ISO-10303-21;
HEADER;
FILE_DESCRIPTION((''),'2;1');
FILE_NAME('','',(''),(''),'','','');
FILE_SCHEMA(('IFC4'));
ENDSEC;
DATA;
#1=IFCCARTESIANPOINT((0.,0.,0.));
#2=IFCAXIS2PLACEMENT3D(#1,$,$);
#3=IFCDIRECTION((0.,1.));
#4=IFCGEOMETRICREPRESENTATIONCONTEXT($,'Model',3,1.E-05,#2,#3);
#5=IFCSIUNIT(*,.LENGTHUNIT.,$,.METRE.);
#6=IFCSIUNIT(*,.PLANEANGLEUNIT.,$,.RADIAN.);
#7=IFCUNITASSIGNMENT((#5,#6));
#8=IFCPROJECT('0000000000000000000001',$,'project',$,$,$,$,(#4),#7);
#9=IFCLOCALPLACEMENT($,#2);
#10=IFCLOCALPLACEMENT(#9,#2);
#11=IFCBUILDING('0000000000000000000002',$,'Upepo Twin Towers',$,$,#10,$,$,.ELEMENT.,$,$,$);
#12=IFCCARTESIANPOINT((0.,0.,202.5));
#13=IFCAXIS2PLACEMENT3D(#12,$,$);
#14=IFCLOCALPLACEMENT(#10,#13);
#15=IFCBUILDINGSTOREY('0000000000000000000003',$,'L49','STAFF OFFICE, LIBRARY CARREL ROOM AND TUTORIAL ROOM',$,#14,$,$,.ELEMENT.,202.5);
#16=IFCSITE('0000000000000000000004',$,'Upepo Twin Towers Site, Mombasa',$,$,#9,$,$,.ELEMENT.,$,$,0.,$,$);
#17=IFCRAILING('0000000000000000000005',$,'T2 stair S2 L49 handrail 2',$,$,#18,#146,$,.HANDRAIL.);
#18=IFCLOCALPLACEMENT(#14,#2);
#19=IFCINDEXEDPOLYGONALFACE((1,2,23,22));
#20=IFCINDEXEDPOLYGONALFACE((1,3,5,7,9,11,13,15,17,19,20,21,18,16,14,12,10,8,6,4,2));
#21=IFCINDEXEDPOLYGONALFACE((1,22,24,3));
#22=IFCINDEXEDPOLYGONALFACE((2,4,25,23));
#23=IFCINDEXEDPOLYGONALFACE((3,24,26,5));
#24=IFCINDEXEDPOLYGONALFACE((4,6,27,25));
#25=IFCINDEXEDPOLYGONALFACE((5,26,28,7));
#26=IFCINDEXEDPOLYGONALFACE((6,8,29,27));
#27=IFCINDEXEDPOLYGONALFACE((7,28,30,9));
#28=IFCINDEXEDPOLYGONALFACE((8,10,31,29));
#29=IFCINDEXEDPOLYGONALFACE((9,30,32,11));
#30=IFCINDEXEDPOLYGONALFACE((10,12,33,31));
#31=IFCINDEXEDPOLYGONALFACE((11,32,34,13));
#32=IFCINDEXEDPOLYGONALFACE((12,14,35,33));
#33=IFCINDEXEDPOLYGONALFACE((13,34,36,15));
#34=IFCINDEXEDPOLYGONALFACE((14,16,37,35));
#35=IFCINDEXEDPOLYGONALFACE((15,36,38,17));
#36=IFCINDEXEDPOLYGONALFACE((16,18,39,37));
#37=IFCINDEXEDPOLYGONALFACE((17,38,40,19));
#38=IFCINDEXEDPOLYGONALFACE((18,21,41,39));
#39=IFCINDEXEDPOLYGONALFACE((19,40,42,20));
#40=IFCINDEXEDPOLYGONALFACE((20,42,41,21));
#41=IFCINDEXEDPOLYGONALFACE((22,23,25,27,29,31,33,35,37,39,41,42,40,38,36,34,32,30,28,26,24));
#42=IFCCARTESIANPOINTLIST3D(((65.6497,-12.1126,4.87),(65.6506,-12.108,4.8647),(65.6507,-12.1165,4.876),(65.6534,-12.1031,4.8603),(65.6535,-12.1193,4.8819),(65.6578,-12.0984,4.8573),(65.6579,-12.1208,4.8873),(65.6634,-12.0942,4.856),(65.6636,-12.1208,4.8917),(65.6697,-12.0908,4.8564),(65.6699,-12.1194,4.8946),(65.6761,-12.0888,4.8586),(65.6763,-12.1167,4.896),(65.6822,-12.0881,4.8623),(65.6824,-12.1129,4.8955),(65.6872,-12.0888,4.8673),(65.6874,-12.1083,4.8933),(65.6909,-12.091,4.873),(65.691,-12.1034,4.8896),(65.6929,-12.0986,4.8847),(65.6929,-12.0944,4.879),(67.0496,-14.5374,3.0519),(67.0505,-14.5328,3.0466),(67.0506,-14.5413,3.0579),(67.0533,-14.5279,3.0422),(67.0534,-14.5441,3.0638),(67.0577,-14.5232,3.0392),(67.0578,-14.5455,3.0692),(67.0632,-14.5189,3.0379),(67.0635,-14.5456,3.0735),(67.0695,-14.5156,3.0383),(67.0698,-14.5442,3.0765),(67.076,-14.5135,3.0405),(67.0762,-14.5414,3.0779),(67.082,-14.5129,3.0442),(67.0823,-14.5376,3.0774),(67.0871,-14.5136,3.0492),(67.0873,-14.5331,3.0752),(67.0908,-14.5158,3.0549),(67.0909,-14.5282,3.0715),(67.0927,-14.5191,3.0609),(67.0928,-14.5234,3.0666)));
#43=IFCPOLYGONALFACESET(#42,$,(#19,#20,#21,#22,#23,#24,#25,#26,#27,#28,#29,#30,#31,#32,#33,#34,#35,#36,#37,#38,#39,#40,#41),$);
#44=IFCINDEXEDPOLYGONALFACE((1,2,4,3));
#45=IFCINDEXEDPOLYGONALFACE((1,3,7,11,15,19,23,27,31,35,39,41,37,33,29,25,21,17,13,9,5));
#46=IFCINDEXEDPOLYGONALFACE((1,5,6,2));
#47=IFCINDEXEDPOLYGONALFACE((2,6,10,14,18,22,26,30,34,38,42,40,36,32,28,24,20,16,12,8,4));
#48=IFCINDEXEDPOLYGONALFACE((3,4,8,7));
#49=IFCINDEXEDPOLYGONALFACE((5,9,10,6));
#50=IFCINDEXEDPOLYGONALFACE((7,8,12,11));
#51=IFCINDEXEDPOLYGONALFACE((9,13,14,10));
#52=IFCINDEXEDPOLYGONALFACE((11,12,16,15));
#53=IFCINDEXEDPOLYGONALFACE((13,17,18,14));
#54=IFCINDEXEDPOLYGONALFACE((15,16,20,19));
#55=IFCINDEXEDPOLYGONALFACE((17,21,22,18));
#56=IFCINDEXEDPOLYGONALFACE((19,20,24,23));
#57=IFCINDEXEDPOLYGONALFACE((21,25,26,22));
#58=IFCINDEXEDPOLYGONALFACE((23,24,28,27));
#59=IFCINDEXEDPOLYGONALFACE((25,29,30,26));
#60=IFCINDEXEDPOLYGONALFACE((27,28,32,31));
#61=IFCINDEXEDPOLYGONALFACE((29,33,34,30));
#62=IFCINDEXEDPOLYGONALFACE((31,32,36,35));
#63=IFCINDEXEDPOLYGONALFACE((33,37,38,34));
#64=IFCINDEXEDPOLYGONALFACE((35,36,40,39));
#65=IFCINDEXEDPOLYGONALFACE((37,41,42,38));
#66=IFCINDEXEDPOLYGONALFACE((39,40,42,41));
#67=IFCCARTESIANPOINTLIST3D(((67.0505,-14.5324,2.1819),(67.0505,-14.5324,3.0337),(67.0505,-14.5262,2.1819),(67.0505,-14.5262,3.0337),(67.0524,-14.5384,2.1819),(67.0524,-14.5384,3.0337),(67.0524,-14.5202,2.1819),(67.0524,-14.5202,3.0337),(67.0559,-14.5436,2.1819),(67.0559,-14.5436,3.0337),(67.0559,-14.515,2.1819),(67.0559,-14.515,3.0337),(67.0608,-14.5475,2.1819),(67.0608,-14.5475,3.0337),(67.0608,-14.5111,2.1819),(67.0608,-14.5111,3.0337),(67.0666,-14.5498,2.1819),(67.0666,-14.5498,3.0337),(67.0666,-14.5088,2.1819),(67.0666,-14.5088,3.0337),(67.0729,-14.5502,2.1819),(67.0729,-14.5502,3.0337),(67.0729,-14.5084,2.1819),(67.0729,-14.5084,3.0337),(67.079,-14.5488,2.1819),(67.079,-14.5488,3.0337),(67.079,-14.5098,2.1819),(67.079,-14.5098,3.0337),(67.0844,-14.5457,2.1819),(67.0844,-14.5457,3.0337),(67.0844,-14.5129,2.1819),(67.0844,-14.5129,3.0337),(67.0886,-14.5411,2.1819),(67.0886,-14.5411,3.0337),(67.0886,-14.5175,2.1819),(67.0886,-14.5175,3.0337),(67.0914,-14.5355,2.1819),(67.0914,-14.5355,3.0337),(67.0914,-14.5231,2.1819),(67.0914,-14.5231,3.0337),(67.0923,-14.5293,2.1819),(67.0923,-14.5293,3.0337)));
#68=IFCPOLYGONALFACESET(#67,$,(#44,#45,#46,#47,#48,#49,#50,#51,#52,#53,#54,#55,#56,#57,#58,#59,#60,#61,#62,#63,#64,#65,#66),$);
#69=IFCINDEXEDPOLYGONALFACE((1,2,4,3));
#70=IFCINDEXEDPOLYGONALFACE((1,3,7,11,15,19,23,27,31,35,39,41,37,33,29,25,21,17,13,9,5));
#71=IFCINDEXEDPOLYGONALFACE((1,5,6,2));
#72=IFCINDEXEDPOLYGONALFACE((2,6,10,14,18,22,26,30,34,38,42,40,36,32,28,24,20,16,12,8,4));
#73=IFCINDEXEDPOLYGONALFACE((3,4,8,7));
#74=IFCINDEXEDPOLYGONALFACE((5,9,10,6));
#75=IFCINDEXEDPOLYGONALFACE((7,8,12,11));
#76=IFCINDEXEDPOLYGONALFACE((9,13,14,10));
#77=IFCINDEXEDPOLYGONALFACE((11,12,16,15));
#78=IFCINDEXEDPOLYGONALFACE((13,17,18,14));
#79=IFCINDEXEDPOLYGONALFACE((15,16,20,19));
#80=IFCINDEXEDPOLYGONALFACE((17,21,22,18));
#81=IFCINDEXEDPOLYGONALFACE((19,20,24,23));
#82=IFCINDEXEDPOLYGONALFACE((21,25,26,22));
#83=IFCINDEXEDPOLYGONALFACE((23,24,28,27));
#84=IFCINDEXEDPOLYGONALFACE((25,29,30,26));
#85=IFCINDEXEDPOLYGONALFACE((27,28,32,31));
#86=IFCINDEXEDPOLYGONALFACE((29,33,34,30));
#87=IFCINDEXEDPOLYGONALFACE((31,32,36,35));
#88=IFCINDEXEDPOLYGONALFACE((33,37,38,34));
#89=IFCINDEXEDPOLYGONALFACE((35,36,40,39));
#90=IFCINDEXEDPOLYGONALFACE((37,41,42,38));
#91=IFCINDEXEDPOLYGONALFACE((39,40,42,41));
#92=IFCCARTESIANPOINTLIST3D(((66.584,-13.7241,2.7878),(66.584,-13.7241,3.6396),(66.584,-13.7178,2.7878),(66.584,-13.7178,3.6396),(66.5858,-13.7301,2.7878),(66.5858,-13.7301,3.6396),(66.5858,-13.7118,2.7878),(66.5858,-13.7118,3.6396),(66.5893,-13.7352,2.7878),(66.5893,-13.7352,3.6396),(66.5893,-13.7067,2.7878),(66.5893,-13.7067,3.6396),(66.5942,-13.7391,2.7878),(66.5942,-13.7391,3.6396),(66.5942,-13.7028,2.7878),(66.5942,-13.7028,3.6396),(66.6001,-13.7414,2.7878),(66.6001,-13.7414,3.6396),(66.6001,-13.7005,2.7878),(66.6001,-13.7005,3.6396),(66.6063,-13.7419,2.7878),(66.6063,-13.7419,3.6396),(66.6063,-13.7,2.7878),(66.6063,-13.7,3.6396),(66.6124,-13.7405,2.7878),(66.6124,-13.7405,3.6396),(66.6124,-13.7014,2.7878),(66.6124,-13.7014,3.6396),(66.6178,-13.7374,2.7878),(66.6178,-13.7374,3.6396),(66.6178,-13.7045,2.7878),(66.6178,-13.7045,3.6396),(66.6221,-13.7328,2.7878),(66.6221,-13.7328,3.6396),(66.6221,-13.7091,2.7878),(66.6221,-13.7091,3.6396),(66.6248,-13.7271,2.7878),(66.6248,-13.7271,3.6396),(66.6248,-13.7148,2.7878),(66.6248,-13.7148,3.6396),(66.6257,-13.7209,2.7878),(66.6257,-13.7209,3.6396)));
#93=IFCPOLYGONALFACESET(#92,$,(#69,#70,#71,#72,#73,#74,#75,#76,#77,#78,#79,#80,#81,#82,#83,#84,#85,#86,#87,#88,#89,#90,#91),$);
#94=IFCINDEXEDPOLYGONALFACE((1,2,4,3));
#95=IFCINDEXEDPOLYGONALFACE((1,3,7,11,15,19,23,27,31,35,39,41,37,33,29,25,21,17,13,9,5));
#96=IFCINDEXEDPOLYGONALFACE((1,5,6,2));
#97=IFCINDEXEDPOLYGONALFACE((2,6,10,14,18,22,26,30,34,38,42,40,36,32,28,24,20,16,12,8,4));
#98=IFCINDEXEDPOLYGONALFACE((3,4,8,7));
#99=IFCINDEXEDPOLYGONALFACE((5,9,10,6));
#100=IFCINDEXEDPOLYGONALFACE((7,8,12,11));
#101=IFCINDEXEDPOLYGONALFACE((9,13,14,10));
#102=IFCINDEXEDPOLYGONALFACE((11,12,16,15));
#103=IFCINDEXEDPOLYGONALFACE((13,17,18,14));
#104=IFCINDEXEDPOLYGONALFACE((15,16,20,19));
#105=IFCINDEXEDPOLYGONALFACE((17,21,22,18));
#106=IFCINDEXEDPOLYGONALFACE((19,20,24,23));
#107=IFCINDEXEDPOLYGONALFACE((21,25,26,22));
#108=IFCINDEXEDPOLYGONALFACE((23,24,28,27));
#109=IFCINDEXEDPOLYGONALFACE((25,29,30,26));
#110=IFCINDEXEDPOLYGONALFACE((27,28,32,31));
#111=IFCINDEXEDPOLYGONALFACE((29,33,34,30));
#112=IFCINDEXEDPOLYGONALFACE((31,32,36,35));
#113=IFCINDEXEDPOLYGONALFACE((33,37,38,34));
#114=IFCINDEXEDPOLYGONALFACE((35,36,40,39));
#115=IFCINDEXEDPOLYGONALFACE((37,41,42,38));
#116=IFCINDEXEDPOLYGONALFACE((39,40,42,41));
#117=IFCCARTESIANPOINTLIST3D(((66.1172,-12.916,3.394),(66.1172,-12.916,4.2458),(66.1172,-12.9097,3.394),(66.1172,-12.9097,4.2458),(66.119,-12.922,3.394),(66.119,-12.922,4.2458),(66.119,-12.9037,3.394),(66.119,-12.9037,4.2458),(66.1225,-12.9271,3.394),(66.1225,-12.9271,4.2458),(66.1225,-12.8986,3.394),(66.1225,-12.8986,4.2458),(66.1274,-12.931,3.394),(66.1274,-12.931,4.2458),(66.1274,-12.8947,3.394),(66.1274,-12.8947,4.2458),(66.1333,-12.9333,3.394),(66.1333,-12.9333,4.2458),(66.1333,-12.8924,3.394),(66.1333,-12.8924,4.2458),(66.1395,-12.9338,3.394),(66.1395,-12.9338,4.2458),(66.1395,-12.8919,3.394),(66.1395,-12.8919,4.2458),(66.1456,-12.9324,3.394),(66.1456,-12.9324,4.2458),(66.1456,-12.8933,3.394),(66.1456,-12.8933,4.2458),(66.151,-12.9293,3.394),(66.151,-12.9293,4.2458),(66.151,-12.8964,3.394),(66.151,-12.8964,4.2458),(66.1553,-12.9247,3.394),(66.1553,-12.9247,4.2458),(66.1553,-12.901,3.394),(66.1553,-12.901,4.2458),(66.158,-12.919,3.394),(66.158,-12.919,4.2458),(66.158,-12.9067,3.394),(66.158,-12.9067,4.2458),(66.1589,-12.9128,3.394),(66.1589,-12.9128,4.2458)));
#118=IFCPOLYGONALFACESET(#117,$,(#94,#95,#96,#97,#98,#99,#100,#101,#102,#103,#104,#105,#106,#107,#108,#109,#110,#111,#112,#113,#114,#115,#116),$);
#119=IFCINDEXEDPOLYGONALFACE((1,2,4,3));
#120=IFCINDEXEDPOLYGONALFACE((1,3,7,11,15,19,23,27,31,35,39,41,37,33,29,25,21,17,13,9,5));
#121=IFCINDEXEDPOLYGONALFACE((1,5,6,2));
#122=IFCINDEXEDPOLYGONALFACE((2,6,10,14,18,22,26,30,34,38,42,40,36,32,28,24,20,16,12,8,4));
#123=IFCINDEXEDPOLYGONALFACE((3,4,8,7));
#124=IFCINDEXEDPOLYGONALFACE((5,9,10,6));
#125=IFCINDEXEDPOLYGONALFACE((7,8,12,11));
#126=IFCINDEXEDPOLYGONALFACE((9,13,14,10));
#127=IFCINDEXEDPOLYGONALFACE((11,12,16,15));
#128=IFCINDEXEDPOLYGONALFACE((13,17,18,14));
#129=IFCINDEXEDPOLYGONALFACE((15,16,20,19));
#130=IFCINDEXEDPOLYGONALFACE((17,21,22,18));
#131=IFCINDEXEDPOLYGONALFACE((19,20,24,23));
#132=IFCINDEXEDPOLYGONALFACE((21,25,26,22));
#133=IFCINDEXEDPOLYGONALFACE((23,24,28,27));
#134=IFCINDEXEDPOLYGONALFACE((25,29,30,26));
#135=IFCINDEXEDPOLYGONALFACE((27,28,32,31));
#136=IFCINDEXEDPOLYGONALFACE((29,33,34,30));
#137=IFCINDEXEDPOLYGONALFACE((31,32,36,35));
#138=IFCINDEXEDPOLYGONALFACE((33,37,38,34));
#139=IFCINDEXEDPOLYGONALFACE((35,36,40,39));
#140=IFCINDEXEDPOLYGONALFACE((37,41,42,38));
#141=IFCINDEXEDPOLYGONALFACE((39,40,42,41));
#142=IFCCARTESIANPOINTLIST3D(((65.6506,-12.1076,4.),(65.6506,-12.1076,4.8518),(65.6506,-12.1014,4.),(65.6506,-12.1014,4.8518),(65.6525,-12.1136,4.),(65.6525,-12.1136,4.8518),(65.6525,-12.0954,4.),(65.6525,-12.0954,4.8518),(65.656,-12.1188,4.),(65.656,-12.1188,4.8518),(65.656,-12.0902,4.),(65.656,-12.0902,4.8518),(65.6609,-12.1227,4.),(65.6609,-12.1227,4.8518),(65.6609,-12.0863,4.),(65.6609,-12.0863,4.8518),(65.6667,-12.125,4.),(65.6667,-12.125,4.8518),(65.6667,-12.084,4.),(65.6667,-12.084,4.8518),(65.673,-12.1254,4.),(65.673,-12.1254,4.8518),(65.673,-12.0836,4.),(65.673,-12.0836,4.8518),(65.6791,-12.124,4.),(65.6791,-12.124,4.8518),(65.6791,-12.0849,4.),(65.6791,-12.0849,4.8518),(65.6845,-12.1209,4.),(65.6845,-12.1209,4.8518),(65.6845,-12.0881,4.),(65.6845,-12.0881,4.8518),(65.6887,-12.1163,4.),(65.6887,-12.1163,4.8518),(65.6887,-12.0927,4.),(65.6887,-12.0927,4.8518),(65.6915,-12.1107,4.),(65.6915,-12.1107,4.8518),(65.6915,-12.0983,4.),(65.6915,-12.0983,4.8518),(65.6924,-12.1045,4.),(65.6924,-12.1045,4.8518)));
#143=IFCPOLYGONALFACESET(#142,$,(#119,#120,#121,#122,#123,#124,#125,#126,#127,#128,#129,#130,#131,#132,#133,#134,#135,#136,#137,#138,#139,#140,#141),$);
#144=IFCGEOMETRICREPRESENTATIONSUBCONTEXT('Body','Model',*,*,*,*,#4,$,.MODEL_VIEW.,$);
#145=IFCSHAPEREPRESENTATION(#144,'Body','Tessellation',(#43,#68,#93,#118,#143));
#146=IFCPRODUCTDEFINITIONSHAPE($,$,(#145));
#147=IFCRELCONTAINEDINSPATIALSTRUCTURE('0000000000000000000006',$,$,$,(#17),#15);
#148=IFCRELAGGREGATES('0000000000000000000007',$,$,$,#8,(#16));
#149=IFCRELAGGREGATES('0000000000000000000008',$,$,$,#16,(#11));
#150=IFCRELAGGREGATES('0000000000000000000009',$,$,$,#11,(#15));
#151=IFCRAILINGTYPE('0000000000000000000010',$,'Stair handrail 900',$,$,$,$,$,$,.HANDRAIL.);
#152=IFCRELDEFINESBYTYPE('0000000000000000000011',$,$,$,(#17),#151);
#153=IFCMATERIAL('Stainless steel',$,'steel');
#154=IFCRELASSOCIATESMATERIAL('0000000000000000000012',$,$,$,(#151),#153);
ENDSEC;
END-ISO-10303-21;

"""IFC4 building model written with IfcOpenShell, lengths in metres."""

from ifc_helpers import new_model, si_unit, direction, frame, origin, origin_2d, place, context, subcontext, project, spatial, circle, extrude, material, type_object, element, save


model = new_model("IFC4")

# Units and contexts
model_context = context("Model", 3, precision=1e-05, world=origin(), true_north=direction((0.0, 1.0)))
body_context = subcontext(model_context, "Body", "Model", "MODEL_VIEW")
ifc_project = project(units=[si_unit("LENGTHUNIT", "METRE"), si_unit("PLANEANGLEUNIT", "RADIAN")], contexts=[model_context])

# Site, building, storey
site_placement = place(None, origin())
site = spatial("IfcSite", under=ifc_project, at=site_placement, Name="Upepo Twin Towers Site, Mombasa", CompositionType="ELEMENT", RefElevation=0.0)
building_placement = place(site_placement, origin())
building = spatial("IfcBuilding", under=site, at=building_placement, Name="Upepo Twin Towers", CompositionType="ELEMENT")
storey_placement = place(building_placement, frame((0.0, 0.0, 202.5)))
storey = spatial("IfcBuildingStorey", under=building, at=storey_placement, Name="L49", Description="STAFF OFFICE, LIBRARY CARREL ROOM AND TUTORIAL ROOM", CompositionType="ELEMENT", Elevation=202.5)

# Railing
ifc_material_1 = material(Name="Stainless steel", Category="steel")
railing_type = type_object("IfcRailingType", Name="Stair handrail 900", PredefinedType="HANDRAIL", material=ifc_material_1)
railing_1_placement = place(storey_placement, frame((67.0713, -14.5293, 2.1819)))
element("IfcRailing", 1, at=railing_1_placement, inside=storey, type_object=railing_type, Name="T2 stair S2 L49 handrail 2", PredefinedType="HANDRAIL", context=body_context, shape_type="SweptSolid", body=[
    extrude(circle(Radius=0.0239, at=origin_2d()), frame((0.0, 0.0, 0.876), z_axis=(-0.419333, 0.726336, 0.544606), x_axis=(-0.866035, -0.499984, 0.0)), (0.0, 0.0, 1.0), 3.3384),
    extrude(circle(Radius=0.021, at=origin_2d()), origin(), (0.0, 0.0, 1.0), 0.8518),
    extrude(circle(Radius=0.021, at=origin_2d()), frame((-0.4666, 0.8083, 0.606)), (0.0, 0.0, 1.0), 0.8518),
    extrude(circle(Radius=0.021, at=origin_2d()), frame((-0.9333, 1.6165, 1.2122)), (0.0, 0.0, 1.0), 0.8518),
    extrude(circle(Radius=0.021, at=origin_2d()), frame((-1.3999, 2.4248, 1.8181)), (0.0, 0.0, 1.0), 0.8518),
])

save(model, "model.ifc")
